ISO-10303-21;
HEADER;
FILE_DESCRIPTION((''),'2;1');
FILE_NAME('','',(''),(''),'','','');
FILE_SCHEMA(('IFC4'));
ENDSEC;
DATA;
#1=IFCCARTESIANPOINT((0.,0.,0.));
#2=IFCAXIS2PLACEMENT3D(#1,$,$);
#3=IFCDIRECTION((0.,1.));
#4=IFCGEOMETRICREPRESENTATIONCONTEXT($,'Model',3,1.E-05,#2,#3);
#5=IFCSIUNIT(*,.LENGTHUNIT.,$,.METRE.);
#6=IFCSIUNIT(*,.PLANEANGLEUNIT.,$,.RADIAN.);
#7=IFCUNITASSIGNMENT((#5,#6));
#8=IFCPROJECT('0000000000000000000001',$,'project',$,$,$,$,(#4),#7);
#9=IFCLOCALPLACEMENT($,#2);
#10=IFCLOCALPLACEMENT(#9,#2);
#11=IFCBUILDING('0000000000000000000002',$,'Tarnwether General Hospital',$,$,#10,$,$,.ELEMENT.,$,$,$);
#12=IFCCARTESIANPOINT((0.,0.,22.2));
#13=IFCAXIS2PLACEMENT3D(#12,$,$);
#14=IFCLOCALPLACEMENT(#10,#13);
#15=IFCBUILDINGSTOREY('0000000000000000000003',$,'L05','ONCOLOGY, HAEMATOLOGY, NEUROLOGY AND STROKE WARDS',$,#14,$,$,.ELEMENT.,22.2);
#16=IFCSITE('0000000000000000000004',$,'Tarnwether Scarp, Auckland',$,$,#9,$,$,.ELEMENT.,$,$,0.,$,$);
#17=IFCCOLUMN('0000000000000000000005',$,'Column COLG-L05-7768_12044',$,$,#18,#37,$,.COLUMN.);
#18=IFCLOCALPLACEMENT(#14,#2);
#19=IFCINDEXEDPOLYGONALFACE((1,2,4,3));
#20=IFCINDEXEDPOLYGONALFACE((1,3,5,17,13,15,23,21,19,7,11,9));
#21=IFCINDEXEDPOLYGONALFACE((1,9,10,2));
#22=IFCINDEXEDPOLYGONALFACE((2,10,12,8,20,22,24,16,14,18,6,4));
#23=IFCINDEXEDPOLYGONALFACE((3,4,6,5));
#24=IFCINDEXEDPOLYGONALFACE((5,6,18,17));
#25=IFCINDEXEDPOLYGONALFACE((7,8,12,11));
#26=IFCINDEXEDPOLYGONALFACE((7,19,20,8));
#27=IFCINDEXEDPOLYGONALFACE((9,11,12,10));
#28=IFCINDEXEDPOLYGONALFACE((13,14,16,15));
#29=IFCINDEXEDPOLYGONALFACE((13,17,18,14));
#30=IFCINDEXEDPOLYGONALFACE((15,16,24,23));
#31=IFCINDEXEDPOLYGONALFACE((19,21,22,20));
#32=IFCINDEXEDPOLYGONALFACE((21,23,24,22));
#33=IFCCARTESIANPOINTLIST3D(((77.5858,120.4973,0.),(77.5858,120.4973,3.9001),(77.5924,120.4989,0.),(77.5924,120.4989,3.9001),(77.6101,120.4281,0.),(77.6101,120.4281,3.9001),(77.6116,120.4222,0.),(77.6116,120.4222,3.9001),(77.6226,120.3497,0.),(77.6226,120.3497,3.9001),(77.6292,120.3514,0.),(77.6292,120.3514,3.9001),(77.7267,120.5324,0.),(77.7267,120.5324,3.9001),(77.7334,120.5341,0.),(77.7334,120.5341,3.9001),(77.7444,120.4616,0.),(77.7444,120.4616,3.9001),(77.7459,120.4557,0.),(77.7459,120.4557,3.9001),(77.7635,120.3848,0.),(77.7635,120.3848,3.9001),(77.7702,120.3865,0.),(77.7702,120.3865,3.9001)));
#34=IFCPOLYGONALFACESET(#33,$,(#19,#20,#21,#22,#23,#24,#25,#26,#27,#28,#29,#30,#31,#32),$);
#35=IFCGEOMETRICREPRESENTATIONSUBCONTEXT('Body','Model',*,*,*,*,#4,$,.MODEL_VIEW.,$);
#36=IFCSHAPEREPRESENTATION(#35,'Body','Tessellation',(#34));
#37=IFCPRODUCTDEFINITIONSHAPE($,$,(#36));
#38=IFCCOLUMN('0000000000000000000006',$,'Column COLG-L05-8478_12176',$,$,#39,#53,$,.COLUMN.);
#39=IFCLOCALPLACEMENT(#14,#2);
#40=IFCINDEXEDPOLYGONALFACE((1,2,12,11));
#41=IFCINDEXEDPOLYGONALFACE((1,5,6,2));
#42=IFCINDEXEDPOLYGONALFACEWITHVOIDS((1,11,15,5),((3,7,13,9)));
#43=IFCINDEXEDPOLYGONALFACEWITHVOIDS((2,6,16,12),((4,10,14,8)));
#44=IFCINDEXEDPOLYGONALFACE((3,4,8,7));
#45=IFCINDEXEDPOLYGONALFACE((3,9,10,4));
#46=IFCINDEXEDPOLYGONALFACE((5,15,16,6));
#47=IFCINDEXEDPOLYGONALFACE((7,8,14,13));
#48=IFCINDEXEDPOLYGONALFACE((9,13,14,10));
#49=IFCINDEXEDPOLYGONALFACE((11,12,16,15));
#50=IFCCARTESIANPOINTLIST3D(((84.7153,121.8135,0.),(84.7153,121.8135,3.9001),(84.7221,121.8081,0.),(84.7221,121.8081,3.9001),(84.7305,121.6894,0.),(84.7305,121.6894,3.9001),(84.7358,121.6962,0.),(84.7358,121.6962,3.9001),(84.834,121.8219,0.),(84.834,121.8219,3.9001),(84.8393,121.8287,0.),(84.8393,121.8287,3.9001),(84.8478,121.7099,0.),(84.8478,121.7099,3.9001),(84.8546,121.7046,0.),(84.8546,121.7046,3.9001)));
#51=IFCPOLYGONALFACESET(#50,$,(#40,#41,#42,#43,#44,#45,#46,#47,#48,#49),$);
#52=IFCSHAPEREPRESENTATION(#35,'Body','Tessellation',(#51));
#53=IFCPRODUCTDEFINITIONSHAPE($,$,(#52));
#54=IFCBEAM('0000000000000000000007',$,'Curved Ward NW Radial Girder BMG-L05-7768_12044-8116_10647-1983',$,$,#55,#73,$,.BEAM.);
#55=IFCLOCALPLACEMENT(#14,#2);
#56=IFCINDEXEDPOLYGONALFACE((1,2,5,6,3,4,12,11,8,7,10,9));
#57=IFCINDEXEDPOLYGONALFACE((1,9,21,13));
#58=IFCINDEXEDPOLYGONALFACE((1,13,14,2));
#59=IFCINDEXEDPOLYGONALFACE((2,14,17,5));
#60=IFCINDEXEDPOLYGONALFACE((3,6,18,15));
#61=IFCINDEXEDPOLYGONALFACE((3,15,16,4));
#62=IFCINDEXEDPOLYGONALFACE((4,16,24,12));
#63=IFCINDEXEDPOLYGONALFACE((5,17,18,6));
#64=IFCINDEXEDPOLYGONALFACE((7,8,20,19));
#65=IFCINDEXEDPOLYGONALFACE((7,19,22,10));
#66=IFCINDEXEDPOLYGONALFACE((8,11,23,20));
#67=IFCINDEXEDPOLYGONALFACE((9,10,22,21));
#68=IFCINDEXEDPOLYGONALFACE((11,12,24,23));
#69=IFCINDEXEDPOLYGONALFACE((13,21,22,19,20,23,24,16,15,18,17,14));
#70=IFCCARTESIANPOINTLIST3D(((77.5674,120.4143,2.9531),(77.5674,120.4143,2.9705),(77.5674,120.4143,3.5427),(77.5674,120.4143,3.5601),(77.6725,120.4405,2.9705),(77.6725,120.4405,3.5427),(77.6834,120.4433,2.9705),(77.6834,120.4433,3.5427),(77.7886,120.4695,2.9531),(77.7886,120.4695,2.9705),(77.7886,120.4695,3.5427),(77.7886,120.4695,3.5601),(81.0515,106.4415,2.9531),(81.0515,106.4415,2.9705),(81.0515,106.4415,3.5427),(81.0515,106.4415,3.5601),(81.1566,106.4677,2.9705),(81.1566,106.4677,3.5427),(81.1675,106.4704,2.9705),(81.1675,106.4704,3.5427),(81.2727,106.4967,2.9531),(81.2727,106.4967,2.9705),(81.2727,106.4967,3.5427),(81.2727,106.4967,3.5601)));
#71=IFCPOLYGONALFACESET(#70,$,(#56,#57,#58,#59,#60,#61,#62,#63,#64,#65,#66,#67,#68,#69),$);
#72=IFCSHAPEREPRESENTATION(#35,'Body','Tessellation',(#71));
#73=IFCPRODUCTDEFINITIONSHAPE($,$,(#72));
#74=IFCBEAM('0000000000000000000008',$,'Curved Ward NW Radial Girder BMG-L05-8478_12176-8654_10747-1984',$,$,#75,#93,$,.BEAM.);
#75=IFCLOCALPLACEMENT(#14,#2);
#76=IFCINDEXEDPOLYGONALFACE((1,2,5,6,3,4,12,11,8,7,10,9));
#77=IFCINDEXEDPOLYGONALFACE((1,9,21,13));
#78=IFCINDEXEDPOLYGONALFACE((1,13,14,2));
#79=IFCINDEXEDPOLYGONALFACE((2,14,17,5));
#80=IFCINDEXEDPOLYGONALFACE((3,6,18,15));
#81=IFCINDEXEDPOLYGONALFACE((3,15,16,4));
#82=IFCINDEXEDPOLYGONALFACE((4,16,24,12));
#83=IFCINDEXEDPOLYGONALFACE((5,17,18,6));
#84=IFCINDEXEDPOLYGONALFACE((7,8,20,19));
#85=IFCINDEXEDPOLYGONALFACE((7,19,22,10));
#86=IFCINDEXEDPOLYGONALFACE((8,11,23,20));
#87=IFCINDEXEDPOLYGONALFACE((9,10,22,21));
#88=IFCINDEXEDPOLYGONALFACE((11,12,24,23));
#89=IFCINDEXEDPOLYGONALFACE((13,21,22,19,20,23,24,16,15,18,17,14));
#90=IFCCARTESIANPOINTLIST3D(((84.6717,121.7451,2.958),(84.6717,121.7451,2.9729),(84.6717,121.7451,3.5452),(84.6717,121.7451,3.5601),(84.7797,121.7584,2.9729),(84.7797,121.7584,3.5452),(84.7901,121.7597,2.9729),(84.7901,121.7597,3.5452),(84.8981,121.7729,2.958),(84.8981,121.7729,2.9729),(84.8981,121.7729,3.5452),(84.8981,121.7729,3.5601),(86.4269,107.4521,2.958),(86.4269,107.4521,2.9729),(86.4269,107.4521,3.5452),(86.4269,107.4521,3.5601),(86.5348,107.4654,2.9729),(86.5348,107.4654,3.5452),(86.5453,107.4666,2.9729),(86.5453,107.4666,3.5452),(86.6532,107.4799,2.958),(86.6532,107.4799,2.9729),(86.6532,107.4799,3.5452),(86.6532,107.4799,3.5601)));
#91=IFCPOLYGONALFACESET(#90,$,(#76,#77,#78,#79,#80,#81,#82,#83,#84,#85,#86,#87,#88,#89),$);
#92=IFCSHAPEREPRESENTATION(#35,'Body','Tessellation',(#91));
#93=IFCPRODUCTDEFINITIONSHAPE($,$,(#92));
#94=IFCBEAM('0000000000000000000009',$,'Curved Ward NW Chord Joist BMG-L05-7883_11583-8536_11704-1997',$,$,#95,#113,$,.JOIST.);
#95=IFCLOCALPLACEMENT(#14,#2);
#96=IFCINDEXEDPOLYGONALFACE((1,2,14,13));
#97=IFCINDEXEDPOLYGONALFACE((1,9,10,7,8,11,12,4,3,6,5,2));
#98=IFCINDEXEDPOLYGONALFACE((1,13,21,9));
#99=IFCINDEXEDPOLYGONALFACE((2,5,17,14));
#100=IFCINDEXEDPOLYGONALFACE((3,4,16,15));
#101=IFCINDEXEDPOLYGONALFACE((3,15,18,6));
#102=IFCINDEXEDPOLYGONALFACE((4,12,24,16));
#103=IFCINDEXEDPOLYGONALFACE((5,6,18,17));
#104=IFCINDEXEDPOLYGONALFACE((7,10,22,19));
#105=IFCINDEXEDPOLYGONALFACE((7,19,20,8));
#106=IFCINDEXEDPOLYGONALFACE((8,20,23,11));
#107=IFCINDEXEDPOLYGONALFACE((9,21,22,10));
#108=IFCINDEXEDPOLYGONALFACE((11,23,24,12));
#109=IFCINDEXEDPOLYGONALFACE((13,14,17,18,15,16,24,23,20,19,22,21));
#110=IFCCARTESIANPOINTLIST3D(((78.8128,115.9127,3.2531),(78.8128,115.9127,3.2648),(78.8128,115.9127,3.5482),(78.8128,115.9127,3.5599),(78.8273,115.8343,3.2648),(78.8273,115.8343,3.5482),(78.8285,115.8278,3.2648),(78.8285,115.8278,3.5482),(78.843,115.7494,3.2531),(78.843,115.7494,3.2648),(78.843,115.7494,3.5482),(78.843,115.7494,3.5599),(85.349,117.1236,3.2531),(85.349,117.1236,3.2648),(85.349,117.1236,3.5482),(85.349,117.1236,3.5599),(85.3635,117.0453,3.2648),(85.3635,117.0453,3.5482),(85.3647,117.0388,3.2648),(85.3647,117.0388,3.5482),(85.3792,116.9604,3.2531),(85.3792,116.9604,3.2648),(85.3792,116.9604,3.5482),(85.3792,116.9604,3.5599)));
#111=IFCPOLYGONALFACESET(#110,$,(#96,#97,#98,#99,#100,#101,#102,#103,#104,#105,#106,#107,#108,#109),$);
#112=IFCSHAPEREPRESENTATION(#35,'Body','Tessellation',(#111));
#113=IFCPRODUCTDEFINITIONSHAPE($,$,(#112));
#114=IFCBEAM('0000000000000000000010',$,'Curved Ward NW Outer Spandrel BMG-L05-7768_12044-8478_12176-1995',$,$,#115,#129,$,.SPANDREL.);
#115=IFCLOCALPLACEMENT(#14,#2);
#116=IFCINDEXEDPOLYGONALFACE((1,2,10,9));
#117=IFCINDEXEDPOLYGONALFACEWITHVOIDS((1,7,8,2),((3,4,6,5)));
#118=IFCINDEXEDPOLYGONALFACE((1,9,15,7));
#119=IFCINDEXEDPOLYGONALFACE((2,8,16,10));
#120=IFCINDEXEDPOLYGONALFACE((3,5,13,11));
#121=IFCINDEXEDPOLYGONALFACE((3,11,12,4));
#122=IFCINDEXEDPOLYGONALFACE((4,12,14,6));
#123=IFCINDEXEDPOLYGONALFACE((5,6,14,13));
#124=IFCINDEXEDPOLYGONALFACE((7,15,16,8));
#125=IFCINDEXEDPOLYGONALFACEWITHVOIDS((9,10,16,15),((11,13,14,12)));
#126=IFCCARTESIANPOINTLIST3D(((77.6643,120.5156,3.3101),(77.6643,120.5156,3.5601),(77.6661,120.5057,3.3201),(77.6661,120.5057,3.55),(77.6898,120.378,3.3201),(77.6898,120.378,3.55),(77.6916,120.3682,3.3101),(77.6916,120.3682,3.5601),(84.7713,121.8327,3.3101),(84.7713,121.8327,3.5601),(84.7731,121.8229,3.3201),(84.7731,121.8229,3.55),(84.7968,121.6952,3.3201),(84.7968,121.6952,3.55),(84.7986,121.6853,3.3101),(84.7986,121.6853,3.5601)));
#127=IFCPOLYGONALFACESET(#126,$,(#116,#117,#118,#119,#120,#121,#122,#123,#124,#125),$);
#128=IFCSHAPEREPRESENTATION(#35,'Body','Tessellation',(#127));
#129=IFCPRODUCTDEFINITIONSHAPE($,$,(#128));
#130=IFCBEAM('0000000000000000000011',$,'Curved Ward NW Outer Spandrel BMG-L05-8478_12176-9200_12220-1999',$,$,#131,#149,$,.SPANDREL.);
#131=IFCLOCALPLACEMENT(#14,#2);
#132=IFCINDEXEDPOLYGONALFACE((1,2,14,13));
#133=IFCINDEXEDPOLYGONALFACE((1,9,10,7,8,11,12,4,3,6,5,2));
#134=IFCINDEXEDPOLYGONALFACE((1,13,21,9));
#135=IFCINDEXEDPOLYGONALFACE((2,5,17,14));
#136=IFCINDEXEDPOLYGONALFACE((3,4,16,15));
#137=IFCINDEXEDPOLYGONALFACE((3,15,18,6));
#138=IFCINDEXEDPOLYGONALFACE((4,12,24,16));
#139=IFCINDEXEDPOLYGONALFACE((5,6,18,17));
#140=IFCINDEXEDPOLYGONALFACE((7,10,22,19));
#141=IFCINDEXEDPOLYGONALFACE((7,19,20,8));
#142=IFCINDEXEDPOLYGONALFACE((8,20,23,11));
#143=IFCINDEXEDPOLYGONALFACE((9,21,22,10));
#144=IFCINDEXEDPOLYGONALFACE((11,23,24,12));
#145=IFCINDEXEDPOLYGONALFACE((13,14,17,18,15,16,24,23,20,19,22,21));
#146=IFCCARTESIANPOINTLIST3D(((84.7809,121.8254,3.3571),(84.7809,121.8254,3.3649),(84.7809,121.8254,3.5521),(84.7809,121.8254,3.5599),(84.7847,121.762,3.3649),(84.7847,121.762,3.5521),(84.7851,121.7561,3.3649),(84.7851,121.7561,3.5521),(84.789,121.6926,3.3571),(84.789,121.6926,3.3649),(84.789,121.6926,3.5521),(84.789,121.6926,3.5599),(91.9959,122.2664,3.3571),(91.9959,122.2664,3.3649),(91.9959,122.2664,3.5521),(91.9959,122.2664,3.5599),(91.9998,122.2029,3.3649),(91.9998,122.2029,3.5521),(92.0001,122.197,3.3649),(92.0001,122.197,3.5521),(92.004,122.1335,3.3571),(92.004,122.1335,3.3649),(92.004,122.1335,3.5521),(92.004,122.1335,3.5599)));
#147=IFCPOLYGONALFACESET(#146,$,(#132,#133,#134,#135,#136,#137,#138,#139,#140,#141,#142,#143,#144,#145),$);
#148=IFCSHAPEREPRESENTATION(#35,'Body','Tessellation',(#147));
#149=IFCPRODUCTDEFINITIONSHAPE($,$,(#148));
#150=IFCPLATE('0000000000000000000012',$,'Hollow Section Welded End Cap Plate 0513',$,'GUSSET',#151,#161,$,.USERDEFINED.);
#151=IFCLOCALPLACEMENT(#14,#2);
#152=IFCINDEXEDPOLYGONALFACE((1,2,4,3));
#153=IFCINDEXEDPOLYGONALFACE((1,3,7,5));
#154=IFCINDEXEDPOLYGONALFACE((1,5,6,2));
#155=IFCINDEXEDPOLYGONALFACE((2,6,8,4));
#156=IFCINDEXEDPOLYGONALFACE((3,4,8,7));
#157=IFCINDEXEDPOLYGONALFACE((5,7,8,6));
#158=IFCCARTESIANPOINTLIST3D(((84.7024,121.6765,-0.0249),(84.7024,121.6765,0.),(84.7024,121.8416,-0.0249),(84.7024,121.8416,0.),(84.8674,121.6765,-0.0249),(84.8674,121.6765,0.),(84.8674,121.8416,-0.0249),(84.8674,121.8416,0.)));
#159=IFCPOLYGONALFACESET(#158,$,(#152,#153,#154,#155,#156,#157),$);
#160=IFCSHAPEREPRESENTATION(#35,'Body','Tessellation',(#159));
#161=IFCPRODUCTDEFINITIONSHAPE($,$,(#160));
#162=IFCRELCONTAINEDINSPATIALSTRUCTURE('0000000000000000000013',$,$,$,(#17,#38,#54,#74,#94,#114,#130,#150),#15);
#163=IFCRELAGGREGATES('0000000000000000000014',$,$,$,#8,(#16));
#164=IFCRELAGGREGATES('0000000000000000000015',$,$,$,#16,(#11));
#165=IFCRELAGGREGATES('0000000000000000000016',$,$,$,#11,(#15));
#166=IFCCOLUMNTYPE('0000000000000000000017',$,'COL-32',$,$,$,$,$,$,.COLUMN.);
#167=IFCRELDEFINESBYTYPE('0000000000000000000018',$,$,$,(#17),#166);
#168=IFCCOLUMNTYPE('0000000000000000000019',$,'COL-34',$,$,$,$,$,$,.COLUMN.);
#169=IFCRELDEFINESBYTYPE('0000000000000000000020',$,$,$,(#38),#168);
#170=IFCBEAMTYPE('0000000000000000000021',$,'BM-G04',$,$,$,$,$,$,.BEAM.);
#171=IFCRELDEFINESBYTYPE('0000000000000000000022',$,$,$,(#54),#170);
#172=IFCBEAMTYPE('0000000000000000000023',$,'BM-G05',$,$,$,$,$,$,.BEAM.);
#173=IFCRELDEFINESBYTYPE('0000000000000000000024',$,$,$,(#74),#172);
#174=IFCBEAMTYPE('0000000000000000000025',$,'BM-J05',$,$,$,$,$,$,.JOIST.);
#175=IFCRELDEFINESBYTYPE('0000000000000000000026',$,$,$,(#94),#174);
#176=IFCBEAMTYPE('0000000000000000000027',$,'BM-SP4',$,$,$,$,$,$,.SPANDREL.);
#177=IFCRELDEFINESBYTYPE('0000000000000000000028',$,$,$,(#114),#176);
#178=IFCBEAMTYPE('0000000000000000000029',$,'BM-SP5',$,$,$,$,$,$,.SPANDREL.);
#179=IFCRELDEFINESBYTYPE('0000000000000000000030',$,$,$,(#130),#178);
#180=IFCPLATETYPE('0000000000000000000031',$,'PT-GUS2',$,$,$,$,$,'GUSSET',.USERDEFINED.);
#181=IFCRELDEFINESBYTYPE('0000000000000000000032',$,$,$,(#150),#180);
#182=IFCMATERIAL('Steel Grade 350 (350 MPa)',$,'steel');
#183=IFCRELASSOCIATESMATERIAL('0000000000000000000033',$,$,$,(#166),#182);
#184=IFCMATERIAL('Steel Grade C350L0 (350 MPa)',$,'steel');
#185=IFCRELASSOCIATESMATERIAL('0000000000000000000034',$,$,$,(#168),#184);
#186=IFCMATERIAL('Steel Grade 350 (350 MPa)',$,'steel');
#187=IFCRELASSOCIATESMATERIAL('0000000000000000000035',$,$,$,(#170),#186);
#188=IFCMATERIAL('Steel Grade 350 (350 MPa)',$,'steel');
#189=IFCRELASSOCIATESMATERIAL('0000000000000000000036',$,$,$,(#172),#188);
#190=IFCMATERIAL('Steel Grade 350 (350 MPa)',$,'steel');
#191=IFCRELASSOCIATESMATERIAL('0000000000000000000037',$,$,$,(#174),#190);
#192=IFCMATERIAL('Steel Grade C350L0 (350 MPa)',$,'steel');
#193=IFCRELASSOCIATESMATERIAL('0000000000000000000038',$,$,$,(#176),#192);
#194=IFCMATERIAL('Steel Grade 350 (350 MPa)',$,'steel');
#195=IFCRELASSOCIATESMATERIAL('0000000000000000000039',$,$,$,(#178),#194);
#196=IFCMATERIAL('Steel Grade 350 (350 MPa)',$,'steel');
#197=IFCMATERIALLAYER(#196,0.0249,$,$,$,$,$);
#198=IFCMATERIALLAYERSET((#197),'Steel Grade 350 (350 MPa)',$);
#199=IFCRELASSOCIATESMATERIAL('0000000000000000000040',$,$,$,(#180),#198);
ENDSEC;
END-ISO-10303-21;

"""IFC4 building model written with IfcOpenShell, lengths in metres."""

from ifc_helpers import new_model, si_unit, direction, frame, origin, origin_2d, place, context, subcontext, project, spatial, rectangle, hollow_rectangle, i_section, extrude, material, layer, layer_set, material_profile, profile_set, type_object, element, save


model = new_model("IFC4")

# Units and contexts
model_context = context("Model", 3, precision=1e-05, world=origin(), true_north=direction((0.0, 1.0)))
body_context = subcontext(model_context, "Body", "Model", "MODEL_VIEW")
ifc_project = project(units=[si_unit("LENGTHUNIT", "METRE"), si_unit("PLANEANGLEUNIT", "RADIAN")], contexts=[model_context])

# Site, building, storey
site_placement = place(None, origin())
site = spatial("IfcSite", under=ifc_project, at=site_placement, Name="Tarnwether Scarp, Auckland", CompositionType="ELEMENT", RefElevation=0.0)
building_placement = place(site_placement, origin())
building = spatial("IfcBuilding", under=site, at=building_placement, Name="Tarnwether General Hospital", CompositionType="ELEMENT")
storey_placement = place(building_placement, frame((0.0, 0.0, 22.2)))
storey = spatial("IfcBuildingStorey", under=building, at=storey_placement, Name="L05", Description="ONCOLOGY, HAEMATOLOGY, NEUROLOGY AND STROKE WARDS", CompositionType="ELEMENT", Elevation=22.2)

# Columns
ifc_material_1 = material(Name="Steel Grade 350 (350 MPa)", Category="steel")
ifc_material_profile_1 = material_profile(ifc_material_1, i_section(OverallWidth=0.1521, OverallDepth=0.1521, WebThickness=0.0061, FlangeThickness=0.0068, at=origin_2d()), Name="150UC23.4")
ifc_profile_set_1 = profile_set([ifc_material_profile_1], Name="Steel Grade 350 (350 MPa)")
column_type_1 = type_object("IfcColumnType", Name="COL-32", PredefinedType="COLUMN", material=ifc_profile_set_1)
column_1_placement = place(storey_placement, frame((77.678, 120.4419, 0.0), z_axis=(0.0, 0.0, 1.0), x_axis=(-0.241922, 0.970296, 0.0)))
element("IfcColumn", 1, at=column_1_placement, inside=storey, type_object=column_type_1, Name="Column COLG-L05-7768_12044", PredefinedType="COLUMN", context=body_context, shape_type="SweptSolid", body=[
    extrude(i_section(OverallWidth=0.1521, OverallDepth=0.1521, WebThickness=0.0061, FlangeThickness=0.0068, at=origin_2d()), origin(), (0.0, 0.0, 1.0), 3.9001),
])
ifc_material_2 = material(Name="Steel Grade C350L0 (350 MPa)", Category="steel")
ifc_material_profile_2 = material_profile(ifc_material_2, hollow_rectangle(XDim=0.125, YDim=0.125, WallThickness=0.0061, at=origin_2d()), Name="SHS125x125x6")
ifc_profile_set_2 = profile_set([ifc_material_profile_2], Name="Steel Grade C350L0 (350 MPa)")
column_type_2 = type_object("IfcColumnType", Name="COL-34", PredefinedType="COLUMN", material=ifc_profile_set_2)
column_2_placement = place(storey_placement, frame((84.7849, 121.759, 0.0), z_axis=(0.0, 0.0, 1.0), x_axis=(-0.121869, 0.992546, 0.0)))
element("IfcColumn", 2, at=column_2_placement, inside=storey, type_object=column_type_2, Name="Column COLG-L05-8478_12176", PredefinedType="COLUMN", context=body_context, shape_type="SweptSolid", body=[
    extrude(hollow_rectangle(XDim=0.125, YDim=0.125, WallThickness=0.0061, at=origin_2d()), origin(), (0.0, 0.0, 1.0), 3.9001),
])

# Beams
ifc_material_3 = material(Name="Steel Grade 350 (350 MPa)", Category="steel")
ifc_material_profile_3 = material_profile(ifc_material_3, i_section(OverallWidth=0.228, OverallDepth=0.6069, WebThickness=0.0112, FlangeThickness=0.0173, at=origin_2d()), Name="610UB113")
ifc_profile_set_3 = profile_set([ifc_material_profile_3], Name="Steel Grade 350 (350 MPa)")
beam_type_1 = type_object("IfcBeamType", Name="BM-G04", PredefinedType="BEAM", material=ifc_profile_set_3)
beam_1_placement = place(storey_placement, frame((77.678, 120.4419, 3.2566), z_axis=(0.241941, -0.970291, 0.0), x_axis=(0.970291, 0.241941, 0.0)))
element("IfcBeam", 3, at=beam_1_placement, inside=storey, type_object=beam_type_1, Name="Curved Ward NW Radial Girder BMG-L05-7768_12044-8116_10647-1983", PredefinedType="BEAM", context=body_context, shape_type="SweptSolid", body=[
    extrude(i_section(OverallWidth=0.228, OverallDepth=0.6069, WebThickness=0.0112, FlangeThickness=0.0173, at=origin_2d()), origin(), (0.0, 0.0, 1.0), 14.4006),
])
ifc_material_4 = material(Name="Steel Grade 350 (350 MPa)", Category="steel")
ifc_material_profile_4 = material_profile(ifc_material_4, i_section(OverallWidth=0.228, OverallDepth=0.6021, WebThickness=0.0105, FlangeThickness=0.0149, at=origin_2d()), Name="610UB101")
ifc_profile_set_4 = profile_set([ifc_material_profile_4], Name="Steel Grade 350 (350 MPa)")
beam_type_2 = type_object("IfcBeamType", Name="BM-G05", PredefinedType="BEAM", material=ifc_profile_set_4)
beam_2_placement = place(storey_placement, frame((84.7849, 121.759, 3.259), z_axis=(0.121881, -0.992545, 0.0), x_axis=(0.992545, 0.121881, 0.0)))
element("IfcBeam", 4, at=beam_2_placement, inside=storey, type_object=beam_type_2, Name="Curved Ward NW Radial Girder BMG-L05-8478_12176-8654_10747-1984", PredefinedType="BEAM", context=body_context, shape_type="SweptSolid", body=[
    extrude(i_section(OverallWidth=0.228, OverallDepth=0.6021, WebThickness=0.0105, FlangeThickness=0.0149, at=origin_2d()), origin(), (0.0, 0.0, 1.0), 14.4004),
])
ifc_material_5 = material(Name="Steel Grade 350 (350 MPa)", Category="steel")
ifc_material_profile_5 = material_profile(ifc_material_5, i_section(OverallWidth=0.166, OverallDepth=0.3069, WebThickness=0.0066, FlangeThickness=0.0117, at=origin_2d()), Name="310UB46.2")
ifc_profile_set_5 = profile_set([ifc_material_profile_5], Name="Steel Grade 350 (350 MPa)")
beam_type_3 = type_object("IfcBeamType", Name="BM-J05", PredefinedType="JOIST", material=ifc_profile_set_5)
beam_3_placement = place(storey_placement, frame((78.8279, 115.8311, 3.4065), z_axis=(0.983267, 0.182168, 0.0), x_axis=(-0.182168, 0.983267, 0.0)))
element("IfcBeam", 5, at=beam_3_placement, inside=storey, type_object=beam_type_3, Name="Curved Ward NW Chord Joist BMG-L05-7883_11583-8536_11704-1997", PredefinedType="JOIST", context=body_context, shape_type="SweptSolid", body=[
    extrude(i_section(OverallWidth=0.166, OverallDepth=0.3069, WebThickness=0.0066, FlangeThickness=0.0117, at=origin_2d()), origin(), (0.0, 0.0, 1.0), 6.6475),
])
ifc_material_6 = material(Name="Steel Grade C350L0 (350 MPa)", Category="steel")
ifc_material_profile_6 = material_profile(ifc_material_6, hollow_rectangle(XDim=0.1499, YDim=0.25, WallThickness=0.01, at=origin_2d()), Name="RHS250x150x10")
ifc_profile_set_6 = profile_set([ifc_material_profile_6], Name="Steel Grade C350L0 (350 MPa)")
beam_type_4 = type_object("IfcBeamType", Name="BM-SP4", PredefinedType="SPANDREL", material=ifc_profile_set_6)
beam_4_placement = place(storey_placement, frame((77.678, 120.4419, 3.4351), z_axis=(0.983256, 0.182228, 0.0), x_axis=(-0.182228, 0.983256, 0.0)))
element("IfcBeam", 6, at=beam_4_placement, inside=storey, type_object=beam_type_4, Name="Curved Ward NW Outer Spandrel BMG-L05-7768_12044-8478_12176-1995", PredefinedType="SPANDREL", context=body_context, shape_type="SweptSolid", body=[
    extrude(hollow_rectangle(XDim=0.1499, YDim=0.25, WallThickness=0.01, at=origin_2d()), origin(), (0.0, 0.0, 1.0), 7.228),
])
ifc_material_7 = material(Name="Steel Grade 350 (350 MPa)", Category="steel")
ifc_material_profile_7 = material_profile(ifc_material_7, i_section(OverallWidth=0.1331, OverallDepth=0.2029, WebThickness=0.0059, FlangeThickness=0.0078, at=origin_2d()), Name="200UB25.4")
ifc_profile_set_7 = profile_set([ifc_material_profile_7], Name="Steel Grade 350 (350 MPa)")
beam_type_5 = type_object("IfcBeamType", Name="BM-SP5", PredefinedType="SPANDREL", material=ifc_profile_set_7)
beam_5_placement = place(storey_placement, frame((84.7849, 121.759, 3.4585), z_axis=(0.998138, 0.060997, 0.0), x_axis=(-0.060997, 0.998138, 0.0)))
element("IfcBeam", 7, at=beam_5_placement, inside=storey, type_object=beam_type_5, Name="Curved Ward NW Outer Spandrel BMG-L05-8478_12176-9200_12220-1999", PredefinedType="SPANDREL", context=body_context, shape_type="SweptSolid", body=[
    extrude(i_section(OverallWidth=0.1331, OverallDepth=0.2029, WebThickness=0.0059, FlangeThickness=0.0078, at=origin_2d()), origin(), (0.0, 0.0, 1.0), 7.2285),
])

# Plate
ifc_material_8 = material(Name="Steel Grade 350 (350 MPa)", Category="steel")
ifc_layer_1 = layer(ifc_material_8, 0.0249)
ifc_layer_set_1 = layer_set([ifc_layer_1], Name="Steel Grade 350 (350 MPa)")
plate_type = type_object("IfcPlateType", Name="PT-GUS2", ElementType="GUSSET", PredefinedType="USERDEFINED", material=ifc_layer_set_1)
plate_1_placement = place(storey_placement, frame((84.7849, 121.759, -0.0249), z_axis=(0.0, 0.0, 1.0), x_axis=(1.0, 0.0, 0.0)))
element("IfcPlate", 8, at=plate_1_placement, inside=storey, type_object=plate_type, Name="Hollow Section Welded End Cap Plate 0513", ObjectType="GUSSET", PredefinedType="USERDEFINED", context=body_context, shape_type="SweptSolid", body=[
    extrude(rectangle(XDim=0.165, YDim=0.165, at=origin_2d()), origin(), (0.0, 0.0, 1.0), 0.0249),
])

save(model, "model.ifc")
